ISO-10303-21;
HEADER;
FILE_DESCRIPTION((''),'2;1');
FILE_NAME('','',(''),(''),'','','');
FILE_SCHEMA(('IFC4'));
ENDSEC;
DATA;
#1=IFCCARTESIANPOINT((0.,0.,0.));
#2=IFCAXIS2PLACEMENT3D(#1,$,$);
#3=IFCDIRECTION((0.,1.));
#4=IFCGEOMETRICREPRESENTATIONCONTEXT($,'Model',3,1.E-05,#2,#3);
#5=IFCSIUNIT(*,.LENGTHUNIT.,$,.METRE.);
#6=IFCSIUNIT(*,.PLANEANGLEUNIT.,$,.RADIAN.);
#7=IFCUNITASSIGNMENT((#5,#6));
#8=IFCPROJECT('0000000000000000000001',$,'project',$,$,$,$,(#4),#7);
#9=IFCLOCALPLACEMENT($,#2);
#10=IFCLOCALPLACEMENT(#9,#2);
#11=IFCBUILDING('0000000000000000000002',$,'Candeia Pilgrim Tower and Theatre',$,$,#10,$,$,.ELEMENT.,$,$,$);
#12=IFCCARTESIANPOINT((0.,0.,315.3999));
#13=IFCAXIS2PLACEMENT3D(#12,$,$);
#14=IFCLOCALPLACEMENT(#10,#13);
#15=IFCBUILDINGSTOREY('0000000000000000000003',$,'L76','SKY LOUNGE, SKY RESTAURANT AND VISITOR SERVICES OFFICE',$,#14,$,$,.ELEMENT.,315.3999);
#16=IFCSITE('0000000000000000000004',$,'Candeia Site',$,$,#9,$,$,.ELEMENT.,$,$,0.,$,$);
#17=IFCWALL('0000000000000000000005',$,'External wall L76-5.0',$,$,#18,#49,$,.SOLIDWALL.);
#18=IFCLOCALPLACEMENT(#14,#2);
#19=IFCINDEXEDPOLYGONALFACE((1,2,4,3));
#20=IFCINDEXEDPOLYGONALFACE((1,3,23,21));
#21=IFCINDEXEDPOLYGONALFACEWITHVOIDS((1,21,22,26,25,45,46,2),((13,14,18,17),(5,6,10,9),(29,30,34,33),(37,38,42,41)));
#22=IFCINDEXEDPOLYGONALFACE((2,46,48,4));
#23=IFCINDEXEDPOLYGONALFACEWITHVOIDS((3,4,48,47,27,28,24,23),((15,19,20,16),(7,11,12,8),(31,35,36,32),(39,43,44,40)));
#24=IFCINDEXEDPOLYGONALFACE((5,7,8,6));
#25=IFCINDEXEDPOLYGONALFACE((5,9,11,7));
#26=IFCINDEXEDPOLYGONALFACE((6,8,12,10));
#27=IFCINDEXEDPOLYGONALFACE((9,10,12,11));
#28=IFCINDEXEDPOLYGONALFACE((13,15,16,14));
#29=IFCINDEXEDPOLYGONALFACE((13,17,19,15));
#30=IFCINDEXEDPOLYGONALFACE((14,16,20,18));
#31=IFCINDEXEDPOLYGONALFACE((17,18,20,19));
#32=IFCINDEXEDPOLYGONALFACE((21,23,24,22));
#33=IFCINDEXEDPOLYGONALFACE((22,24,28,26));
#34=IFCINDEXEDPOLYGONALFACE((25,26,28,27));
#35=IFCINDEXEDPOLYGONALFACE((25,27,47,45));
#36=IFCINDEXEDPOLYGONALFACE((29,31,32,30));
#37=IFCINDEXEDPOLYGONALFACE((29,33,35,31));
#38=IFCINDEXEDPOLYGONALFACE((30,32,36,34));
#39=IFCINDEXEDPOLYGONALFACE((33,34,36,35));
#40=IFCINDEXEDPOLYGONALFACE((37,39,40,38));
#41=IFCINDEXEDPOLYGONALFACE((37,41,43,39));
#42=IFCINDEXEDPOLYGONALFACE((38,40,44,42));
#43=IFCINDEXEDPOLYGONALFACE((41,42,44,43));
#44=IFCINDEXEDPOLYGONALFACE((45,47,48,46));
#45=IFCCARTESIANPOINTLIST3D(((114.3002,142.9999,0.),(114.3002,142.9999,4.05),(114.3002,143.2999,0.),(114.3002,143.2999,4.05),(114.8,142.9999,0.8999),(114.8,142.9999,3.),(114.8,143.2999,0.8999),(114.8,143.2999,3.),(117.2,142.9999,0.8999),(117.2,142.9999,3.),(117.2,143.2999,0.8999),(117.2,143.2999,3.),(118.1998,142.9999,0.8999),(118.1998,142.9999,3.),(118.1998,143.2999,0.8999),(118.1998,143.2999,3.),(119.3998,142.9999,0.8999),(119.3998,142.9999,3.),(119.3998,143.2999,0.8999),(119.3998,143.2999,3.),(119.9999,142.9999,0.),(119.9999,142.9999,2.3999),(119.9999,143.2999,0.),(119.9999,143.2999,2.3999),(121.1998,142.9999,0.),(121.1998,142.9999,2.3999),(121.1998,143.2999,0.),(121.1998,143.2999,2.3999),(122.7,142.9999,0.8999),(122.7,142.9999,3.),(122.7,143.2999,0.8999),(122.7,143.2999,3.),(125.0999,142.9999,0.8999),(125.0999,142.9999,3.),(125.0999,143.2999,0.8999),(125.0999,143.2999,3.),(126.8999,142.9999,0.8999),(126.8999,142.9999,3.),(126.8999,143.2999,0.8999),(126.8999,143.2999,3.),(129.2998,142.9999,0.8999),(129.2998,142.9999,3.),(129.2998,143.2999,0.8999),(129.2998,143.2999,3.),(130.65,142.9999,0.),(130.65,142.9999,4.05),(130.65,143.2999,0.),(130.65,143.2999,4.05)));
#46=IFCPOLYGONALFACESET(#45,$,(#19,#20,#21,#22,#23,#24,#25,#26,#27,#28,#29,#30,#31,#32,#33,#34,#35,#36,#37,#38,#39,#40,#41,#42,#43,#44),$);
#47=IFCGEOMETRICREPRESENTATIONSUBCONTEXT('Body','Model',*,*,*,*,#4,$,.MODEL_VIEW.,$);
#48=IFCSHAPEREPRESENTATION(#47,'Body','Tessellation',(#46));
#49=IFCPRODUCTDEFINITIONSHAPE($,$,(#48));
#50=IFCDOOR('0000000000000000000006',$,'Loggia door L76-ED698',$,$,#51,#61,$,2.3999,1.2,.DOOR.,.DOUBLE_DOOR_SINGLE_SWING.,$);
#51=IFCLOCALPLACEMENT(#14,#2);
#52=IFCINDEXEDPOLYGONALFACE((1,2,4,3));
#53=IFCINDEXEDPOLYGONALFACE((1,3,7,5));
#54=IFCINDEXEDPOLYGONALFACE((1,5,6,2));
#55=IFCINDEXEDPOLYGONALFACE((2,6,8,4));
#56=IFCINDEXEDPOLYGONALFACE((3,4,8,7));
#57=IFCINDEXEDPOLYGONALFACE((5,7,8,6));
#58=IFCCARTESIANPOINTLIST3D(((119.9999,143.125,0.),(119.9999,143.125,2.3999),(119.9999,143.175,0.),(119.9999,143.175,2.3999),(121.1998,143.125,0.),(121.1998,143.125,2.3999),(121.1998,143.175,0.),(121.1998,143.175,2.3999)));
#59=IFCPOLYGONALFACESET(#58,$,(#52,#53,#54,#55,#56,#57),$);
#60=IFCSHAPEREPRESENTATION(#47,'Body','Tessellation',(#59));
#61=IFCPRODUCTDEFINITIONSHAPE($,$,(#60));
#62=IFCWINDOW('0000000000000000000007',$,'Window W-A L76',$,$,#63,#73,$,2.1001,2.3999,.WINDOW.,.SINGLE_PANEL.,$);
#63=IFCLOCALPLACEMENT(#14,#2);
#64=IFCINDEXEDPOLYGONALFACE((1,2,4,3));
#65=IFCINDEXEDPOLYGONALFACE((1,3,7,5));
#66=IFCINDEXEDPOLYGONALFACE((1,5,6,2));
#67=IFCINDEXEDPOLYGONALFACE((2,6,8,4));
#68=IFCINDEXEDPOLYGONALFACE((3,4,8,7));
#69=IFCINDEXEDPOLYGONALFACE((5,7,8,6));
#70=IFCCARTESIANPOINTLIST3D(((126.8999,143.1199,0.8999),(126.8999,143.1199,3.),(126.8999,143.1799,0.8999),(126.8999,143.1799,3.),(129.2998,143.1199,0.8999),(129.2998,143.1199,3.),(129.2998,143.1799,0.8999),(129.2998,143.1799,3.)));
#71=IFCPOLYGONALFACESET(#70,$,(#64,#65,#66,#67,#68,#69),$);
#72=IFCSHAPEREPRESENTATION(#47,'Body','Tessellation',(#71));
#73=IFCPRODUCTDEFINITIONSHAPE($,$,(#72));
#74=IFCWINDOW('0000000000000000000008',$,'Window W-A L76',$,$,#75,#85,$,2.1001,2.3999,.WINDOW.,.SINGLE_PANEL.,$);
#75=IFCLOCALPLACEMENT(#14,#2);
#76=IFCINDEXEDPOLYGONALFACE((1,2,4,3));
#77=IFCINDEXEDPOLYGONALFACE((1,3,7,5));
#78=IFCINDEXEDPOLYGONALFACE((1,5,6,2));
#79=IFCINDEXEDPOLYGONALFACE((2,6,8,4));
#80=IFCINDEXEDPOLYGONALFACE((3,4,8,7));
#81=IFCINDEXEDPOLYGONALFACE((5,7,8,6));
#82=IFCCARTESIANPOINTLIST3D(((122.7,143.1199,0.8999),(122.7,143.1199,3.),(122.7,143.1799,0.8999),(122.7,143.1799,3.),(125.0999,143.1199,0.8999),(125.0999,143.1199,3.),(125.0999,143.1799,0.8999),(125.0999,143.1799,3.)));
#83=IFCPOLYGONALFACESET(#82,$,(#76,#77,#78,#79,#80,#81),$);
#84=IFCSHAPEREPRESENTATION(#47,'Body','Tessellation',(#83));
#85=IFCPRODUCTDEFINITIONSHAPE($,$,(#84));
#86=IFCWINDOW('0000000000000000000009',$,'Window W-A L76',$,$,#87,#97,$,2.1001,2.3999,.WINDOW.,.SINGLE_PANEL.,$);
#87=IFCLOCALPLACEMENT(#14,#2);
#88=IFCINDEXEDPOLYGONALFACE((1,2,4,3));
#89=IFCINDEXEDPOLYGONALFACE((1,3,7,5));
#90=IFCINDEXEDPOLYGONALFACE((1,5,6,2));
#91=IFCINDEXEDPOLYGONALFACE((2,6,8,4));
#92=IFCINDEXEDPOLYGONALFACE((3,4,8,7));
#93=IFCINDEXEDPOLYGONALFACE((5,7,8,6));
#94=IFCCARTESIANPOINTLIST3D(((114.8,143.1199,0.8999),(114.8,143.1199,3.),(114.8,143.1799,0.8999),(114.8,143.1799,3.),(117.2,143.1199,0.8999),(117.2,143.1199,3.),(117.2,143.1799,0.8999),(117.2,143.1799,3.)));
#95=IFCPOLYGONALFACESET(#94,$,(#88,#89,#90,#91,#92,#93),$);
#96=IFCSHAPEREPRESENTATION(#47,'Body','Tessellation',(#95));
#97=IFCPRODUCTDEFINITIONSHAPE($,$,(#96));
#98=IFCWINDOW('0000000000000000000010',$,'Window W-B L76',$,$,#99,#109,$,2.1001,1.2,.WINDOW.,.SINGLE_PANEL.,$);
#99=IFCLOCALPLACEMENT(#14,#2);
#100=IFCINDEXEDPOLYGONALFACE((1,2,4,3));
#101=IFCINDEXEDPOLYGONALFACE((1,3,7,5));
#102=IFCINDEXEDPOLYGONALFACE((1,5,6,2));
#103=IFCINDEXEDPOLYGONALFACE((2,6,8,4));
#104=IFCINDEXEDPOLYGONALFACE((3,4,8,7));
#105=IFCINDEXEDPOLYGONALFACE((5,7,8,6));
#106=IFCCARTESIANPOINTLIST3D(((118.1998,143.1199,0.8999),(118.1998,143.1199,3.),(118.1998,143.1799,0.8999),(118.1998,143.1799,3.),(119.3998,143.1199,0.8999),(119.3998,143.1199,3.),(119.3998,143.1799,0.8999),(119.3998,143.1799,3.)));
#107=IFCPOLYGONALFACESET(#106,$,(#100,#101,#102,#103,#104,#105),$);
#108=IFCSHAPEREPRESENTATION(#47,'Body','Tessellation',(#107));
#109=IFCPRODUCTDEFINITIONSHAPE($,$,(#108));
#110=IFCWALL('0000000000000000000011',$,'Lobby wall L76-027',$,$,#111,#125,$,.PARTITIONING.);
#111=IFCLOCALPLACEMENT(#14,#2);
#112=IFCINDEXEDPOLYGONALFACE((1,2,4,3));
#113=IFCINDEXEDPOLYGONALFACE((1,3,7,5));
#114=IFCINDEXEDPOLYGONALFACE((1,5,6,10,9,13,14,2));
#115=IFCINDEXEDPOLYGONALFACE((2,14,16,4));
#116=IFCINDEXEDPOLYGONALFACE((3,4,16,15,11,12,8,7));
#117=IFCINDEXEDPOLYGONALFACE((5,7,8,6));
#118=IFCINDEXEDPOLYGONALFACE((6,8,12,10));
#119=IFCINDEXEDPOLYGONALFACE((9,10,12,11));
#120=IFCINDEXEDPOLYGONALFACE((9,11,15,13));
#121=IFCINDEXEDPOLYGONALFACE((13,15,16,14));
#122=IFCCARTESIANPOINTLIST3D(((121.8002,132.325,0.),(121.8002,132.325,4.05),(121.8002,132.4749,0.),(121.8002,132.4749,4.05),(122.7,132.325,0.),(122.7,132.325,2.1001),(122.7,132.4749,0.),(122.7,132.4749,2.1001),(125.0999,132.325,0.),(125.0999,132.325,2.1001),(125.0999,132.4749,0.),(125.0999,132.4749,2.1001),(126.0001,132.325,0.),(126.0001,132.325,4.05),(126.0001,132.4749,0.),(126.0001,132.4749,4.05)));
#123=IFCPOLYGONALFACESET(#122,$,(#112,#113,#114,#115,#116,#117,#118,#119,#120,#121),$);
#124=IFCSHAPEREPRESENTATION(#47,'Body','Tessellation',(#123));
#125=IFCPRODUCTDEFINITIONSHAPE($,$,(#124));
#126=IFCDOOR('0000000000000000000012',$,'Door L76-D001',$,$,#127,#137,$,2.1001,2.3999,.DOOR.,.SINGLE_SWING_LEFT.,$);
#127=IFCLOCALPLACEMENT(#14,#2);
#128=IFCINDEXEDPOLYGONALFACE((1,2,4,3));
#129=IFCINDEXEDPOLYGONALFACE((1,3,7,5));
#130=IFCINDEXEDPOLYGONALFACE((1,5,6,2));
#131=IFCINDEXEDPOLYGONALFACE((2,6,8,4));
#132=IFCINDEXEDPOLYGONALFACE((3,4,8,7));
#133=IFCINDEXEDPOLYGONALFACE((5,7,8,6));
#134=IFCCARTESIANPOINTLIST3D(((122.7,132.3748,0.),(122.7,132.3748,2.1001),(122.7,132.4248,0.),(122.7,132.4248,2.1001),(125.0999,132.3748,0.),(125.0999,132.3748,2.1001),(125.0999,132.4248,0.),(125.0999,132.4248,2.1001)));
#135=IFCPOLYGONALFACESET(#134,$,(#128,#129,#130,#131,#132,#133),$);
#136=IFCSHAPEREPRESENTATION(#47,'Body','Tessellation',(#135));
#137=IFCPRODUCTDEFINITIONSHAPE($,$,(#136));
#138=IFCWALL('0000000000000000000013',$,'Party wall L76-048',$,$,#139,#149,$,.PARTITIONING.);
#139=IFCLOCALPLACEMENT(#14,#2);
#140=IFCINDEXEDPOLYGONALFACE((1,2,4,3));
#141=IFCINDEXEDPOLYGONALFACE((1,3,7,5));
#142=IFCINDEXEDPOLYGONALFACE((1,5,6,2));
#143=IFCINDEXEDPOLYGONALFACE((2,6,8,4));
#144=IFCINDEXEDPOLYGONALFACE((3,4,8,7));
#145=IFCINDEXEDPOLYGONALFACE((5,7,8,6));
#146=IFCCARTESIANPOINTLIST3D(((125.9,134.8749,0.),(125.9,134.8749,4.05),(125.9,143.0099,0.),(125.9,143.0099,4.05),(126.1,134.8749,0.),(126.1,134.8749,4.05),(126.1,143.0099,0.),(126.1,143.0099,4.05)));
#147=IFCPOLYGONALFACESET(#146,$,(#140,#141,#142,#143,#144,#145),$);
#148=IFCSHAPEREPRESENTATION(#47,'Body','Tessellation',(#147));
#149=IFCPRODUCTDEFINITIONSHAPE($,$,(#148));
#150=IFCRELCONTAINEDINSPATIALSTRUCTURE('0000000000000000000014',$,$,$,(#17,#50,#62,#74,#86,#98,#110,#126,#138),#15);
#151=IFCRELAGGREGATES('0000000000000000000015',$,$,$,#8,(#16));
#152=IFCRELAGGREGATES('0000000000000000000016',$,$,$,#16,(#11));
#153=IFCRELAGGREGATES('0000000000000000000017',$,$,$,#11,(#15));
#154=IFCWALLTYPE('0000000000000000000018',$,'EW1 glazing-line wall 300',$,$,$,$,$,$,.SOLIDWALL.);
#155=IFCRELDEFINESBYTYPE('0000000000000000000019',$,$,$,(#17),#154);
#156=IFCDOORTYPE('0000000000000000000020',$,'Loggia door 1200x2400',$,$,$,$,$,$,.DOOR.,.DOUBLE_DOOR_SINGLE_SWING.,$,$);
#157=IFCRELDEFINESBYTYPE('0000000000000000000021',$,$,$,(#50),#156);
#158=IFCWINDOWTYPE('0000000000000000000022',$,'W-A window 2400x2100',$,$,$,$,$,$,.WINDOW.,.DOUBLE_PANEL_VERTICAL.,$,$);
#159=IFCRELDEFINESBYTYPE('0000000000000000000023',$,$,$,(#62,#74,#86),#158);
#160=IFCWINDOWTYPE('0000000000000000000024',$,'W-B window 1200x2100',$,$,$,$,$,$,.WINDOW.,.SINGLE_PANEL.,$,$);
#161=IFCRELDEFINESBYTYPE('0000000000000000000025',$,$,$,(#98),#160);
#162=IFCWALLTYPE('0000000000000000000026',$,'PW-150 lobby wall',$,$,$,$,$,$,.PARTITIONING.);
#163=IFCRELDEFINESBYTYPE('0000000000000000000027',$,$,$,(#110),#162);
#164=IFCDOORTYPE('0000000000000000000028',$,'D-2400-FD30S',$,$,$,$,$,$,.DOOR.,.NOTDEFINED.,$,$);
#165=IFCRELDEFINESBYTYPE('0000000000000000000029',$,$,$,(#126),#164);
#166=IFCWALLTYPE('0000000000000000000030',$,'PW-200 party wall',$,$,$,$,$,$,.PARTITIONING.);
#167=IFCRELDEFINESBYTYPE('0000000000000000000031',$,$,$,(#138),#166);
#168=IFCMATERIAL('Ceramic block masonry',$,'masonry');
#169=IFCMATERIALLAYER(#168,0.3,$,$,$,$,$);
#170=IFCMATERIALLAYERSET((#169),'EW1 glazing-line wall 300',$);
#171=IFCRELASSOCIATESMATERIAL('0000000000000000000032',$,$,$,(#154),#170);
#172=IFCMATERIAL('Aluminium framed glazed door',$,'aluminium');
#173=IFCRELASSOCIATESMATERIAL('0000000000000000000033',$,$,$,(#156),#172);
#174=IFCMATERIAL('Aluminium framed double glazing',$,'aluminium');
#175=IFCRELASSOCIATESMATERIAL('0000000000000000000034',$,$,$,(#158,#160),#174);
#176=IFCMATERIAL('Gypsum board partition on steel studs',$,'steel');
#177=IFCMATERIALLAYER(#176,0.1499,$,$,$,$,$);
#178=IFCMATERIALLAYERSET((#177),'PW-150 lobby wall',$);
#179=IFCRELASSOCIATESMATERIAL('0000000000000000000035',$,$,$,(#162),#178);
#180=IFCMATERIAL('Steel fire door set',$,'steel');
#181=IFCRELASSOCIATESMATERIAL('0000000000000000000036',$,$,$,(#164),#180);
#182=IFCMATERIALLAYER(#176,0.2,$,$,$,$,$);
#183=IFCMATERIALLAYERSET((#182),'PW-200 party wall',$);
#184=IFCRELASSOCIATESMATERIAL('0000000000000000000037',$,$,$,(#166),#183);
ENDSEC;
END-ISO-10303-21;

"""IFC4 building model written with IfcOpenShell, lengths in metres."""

from ifc_helpers import new_model, si_unit, direction, frame, frame_2d, origin, place, context, subcontext, project, spatial, rectangle, extrude, material, layer, layer_set, type_object, element, fill, save


model = new_model("IFC4")

# Units and contexts
model_context = context("Model", 3, precision=1e-05, world=origin(), true_north=direction((0.0, 1.0)))
body_context = subcontext(model_context, "Body", "Model", "MODEL_VIEW")
ifc_project = project(units=[si_unit("LENGTHUNIT", "METRE"), si_unit("PLANEANGLEUNIT", "RADIAN")], contexts=[model_context])

# Site, building, storey
site_placement = place(None, origin())
site = spatial("IfcSite", under=ifc_project, at=site_placement, Name="Candeia Site", CompositionType="ELEMENT", RefElevation=0.0)
building_placement = place(site_placement, origin())
building = spatial("IfcBuilding", under=site, at=building_placement, Name="Candeia Pilgrim Tower and Theatre", CompositionType="ELEMENT")
storey_placement = place(building_placement, frame((0.0, 0.0, 315.3999)))
storey = spatial("IfcBuildingStorey", under=building, at=storey_placement, Name="L76", Description="SKY LOUNGE, SKY RESTAURANT AND VISITOR SERVICES OFFICE", CompositionType="ELEMENT", Elevation=315.3999)

# Shared definitions
ifc_material_1 = material(Name="Steel fire door set", Category="steel")
ifc_material_2 = material(Name="Ceramic block masonry", Category="masonry")
ifc_layer_1 = layer(ifc_material_2, 0.3)
ifc_layer_set_1 = layer_set([ifc_layer_1], Name="EW1 glazing-line wall 300")
wall_type_1 = type_object("IfcWallType", Name="EW1 glazing-line wall 300", PredefinedType="SOLIDWALL", material=ifc_layer_set_1)
ifc_material_3 = material(Name="Aluminium framed glazed door", Category="aluminium")
door_type_1 = type_object("IfcDoorType", Name="Loggia door 1200x2400", OperationType="DOUBLE_DOOR_SINGLE_SWING", PredefinedType="DOOR", material=ifc_material_3)

# Wall, openings, door, windows
wall_1_placement = place(storey_placement, frame((130.6499, 143.1499, 0.0), z_axis=(0.0, 0.0, 1.0), x_axis=(-1.0, 0.0, 0.0)))
wall_1 = element("IfcWall", 1, at=wall_1_placement, inside=storey, type_object=wall_type_1, Name="External wall L76-5.0", PredefinedType="SOLIDWALL", context=body_context, shape_type="SweptSolid", body=[
    extrude(rectangle(XDim=16.3499, YDim=0.3, at=frame_2d((8.1748, 0.0))), origin(), (0.0, 0.0, 1.0), 4.05),
])
opening_1_placement = place(wall_1_placement, frame((1.3501, 0.0, 0.8999)))
opening_1 = element("IfcOpeningElement", 2, at=opening_1_placement, cuts=wall_1, PredefinedType="OPENING", context=body_context, shape_type="SweptSolid", body=[
    extrude(rectangle(XDim=2.3999, YDim=2.1001, at=frame_2d((1.2, 1.05))), frame((0.0, 0.1602, 0.0), z_axis=(0.0, -1.0, 0.0), x_axis=(1.0, 0.0, 0.0)), (0.0, 0.0, 1.0), 0.3201),
])
opening_2_placement = place(wall_1_placement, frame((5.55, 0.0, 0.8999)))
opening_2 = element("IfcOpeningElement", 3, at=opening_2_placement, cuts=wall_1, PredefinedType="OPENING", context=body_context, shape_type="SweptSolid", body=[
    extrude(rectangle(XDim=2.3999, YDim=2.1001, at=frame_2d((1.2, 1.05))), frame((0.0, 0.1602, 0.0), z_axis=(0.0, -1.0, 0.0), x_axis=(1.0, 0.0, 0.0)), (0.0, 0.0, 1.0), 0.3201),
])
opening_3_placement = place(wall_1_placement, frame((9.45, 0.0, 0.0)))
opening_3 = element("IfcOpeningElement", 4, at=opening_3_placement, cuts=wall_1, PredefinedType="OPENING", context=body_context, shape_type="SweptSolid", body=[
    extrude(rectangle(XDim=1.2, YDim=2.3999, at=frame_2d((0.6001, 1.2))), frame((0.0, 0.1602, 0.0), z_axis=(0.0, -1.0, 0.0), x_axis=(1.0, 0.0, 0.0)), (0.0, 0.0, 1.0), 0.3201),
])
opening_4_placement = place(wall_1_placement, frame((11.25, 0.0, 0.8999)))
opening_4 = element("IfcOpeningElement", 5, at=opening_4_placement, cuts=wall_1, PredefinedType="OPENING", context=body_context, shape_type="SweptSolid", body=[
    extrude(rectangle(XDim=1.2, YDim=2.1001, at=frame_2d((0.6001, 1.05))), frame((0.0, 0.1602, 0.0), z_axis=(0.0, -1.0, 0.0), x_axis=(1.0, 0.0, 0.0)), (0.0, 0.0, 1.0), 0.3201),
])
opening_5_placement = place(wall_1_placement, frame((13.45, 0.0, 0.8999)))
opening_5 = element("IfcOpeningElement", 6, at=opening_5_placement, cuts=wall_1, PredefinedType="OPENING", context=body_context, shape_type="SweptSolid", body=[
    extrude(rectangle(XDim=2.3999, YDim=2.1001, at=frame_2d((1.2, 1.05))), frame((0.0, 0.1602, 0.0), z_axis=(0.0, -1.0, 0.0), x_axis=(1.0, 0.0, 0.0)), (0.0, 0.0, 1.0), 0.3201),
])
door_1_placement = place(opening_3_placement, origin())
door_1 = element("IfcDoor", 7, at=door_1_placement, inside=storey, type_object=door_type_1, Name="Loggia door L76-ED698", OperationType="DOUBLE_DOOR_SINGLE_SWING", OverallHeight=2.3999, OverallWidth=1.2, PredefinedType="DOOR", context=body_context, shape_type="SweptSolid", body=[
    extrude(rectangle(XDim=1.2, YDim=2.3999, at=frame_2d((0.6001, 1.2))), frame((0.0, 0.0249, 0.0), z_axis=(0.0, -1.0, 0.0), x_axis=(1.0, 0.0, 0.0)), (0.0, 0.0, 1.0), 0.05),
])
fill(opening_3, door_1)
ifc_material_4 = material(Name="Aluminium framed double glazing", Category="aluminium")
window_type_1 = type_object("IfcWindowType", Name="W-A window 2400x2100", PartitioningType="DOUBLE_PANEL_VERTICAL", PredefinedType="WINDOW", material=ifc_material_4)
window_1_placement = place(opening_1_placement, origin())
window_1 = element("IfcWindow", 8, at=window_1_placement, inside=storey, type_object=window_type_1, Name="Window W-A L76", OverallHeight=2.1001, OverallWidth=2.3999, PartitioningType="SINGLE_PANEL", PredefinedType="WINDOW", context=body_context, shape_type="SweptSolid", body=[
    extrude(rectangle(XDim=2.3999, YDim=2.1001, at=frame_2d((1.2, 1.05))), frame((0.0, 0.03, 0.0), z_axis=(0.0, -1.0, 0.0), x_axis=(1.0, 0.0, 0.0)), (0.0, 0.0, 1.0), 0.0601),
])
fill(opening_1, window_1)
window_2_placement = place(opening_2_placement, origin())
window_2 = element("IfcWindow", 9, at=window_2_placement, inside=storey, type_object=window_type_1, Name="Window W-A L76", OverallHeight=2.1001, OverallWidth=2.3999, PartitioningType="SINGLE_PANEL", PredefinedType="WINDOW", context=body_context, shape_type="SweptSolid", body=[
    extrude(rectangle(XDim=2.3999, YDim=2.1001, at=frame_2d((1.2, 1.05))), frame((0.0, 0.03, 0.0), z_axis=(0.0, -1.0, 0.0), x_axis=(1.0, 0.0, 0.0)), (0.0, 0.0, 1.0), 0.0601),
])
fill(opening_2, window_2)
window_3_placement = place(opening_5_placement, origin())
window_3 = element("IfcWindow", 10, at=window_3_placement, inside=storey, type_object=window_type_1, Name="Window W-A L76", OverallHeight=2.1001, OverallWidth=2.3999, PartitioningType="SINGLE_PANEL", PredefinedType="WINDOW", context=body_context, shape_type="SweptSolid", body=[
    extrude(rectangle(XDim=2.3999, YDim=2.1001, at=frame_2d((1.2, 1.05))), frame((0.0, 0.03, 0.0), z_axis=(0.0, -1.0, 0.0), x_axis=(1.0, 0.0, 0.0)), (0.0, 0.0, 1.0), 0.0601),
])
fill(opening_5, window_3)
window_type_2 = type_object("IfcWindowType", Name="W-B window 1200x2100", PartitioningType="SINGLE_PANEL", PredefinedType="WINDOW", material=ifc_material_4)
window_4_placement = place(opening_4_placement, origin())
window_4 = element("IfcWindow", 11, at=window_4_placement, inside=storey, type_object=window_type_2, Name="Window W-B L76", OverallHeight=2.1001, OverallWidth=1.2, PartitioningType="SINGLE_PANEL", PredefinedType="WINDOW", context=body_context, shape_type="SweptSolid", body=[
    extrude(rectangle(XDim=1.2, YDim=2.1001, at=frame_2d((0.6001, 1.05))), frame((0.0, 0.03, 0.0), z_axis=(0.0, -1.0, 0.0), x_axis=(1.0, 0.0, 0.0)), (0.0, 0.0, 1.0), 0.0601),
])
fill(opening_4, window_4)

# Wall, opening, door
ifc_material_5 = material(Name="Gypsum board partition on steel studs", Category="steel")
ifc_layer_2 = layer(ifc_material_5, 0.1499)
ifc_layer_set_2 = layer_set([ifc_layer_2], Name="PW-150 lobby wall")
wall_type_2 = type_object("IfcWallType", Name="PW-150 lobby wall", PredefinedType="PARTITIONING", material=ifc_layer_set_2)
wall_2_placement = place(storey_placement, frame((121.8, 132.3999, 0.0), z_axis=(0.0, 0.0, 1.0), x_axis=(1.0, 0.0, 0.0)))
wall_2 = element("IfcWall", 12, at=wall_2_placement, inside=storey, type_object=wall_type_2, Name="Lobby wall L76-027", PredefinedType="PARTITIONING", context=body_context, shape_type="SweptSolid", body=[
    extrude(rectangle(XDim=4.2, YDim=0.1499, at=frame_2d((2.1001, 0.0))), origin(), (0.0, 0.0, 1.0), 4.05),
])
opening_6_placement = place(wall_2_placement, frame((0.8999, 0.0, 0.0)))
opening_6 = element("IfcOpeningElement", 13, at=opening_6_placement, cuts=wall_2, PredefinedType="OPENING", context=body_context, shape_type="SweptSolid", body=[
    extrude(rectangle(XDim=2.3999, YDim=2.1001, at=frame_2d((1.2, 1.05))), frame((0.0, 0.085, 0.0), z_axis=(0.0, -1.0, 0.0), x_axis=(1.0, 0.0, 0.0)), (0.0, 0.0, 1.0), 0.1699),
])
door_type_2 = type_object("IfcDoorType", Name="D-2400-FD30S", OperationType="NOTDEFINED", PredefinedType="DOOR", material=ifc_material_1)
door_2_placement = place(opening_6_placement, origin())
door_2 = element("IfcDoor", 14, at=door_2_placement, inside=storey, type_object=door_type_2, Name="Door L76-D001", OperationType="SINGLE_SWING_LEFT", OverallHeight=2.1001, OverallWidth=2.3999, PredefinedType="DOOR", context=body_context, shape_type="SweptSolid", body=[
    extrude(rectangle(XDim=2.3999, YDim=2.1001, at=frame_2d((1.2, 1.05))), frame((0.0, 0.0249, 0.0), z_axis=(0.0, -1.0, 0.0), x_axis=(1.0, 0.0, 0.0)), (0.0, 0.0, 1.0), 0.05),
])
fill(opening_6, door_2)

# Wall
ifc_layer_3 = layer(ifc_material_5, 0.2)
ifc_layer_set_3 = layer_set([ifc_layer_3], Name="PW-200 party wall")
wall_type_3 = type_object("IfcWallType", Name="PW-200 party wall", PredefinedType="PARTITIONING", material=ifc_layer_set_3)
wall_3_placement = place(storey_placement, frame((126.0, 134.875, 0.0), z_axis=(0.0, 0.0, 1.0), x_axis=(0.0, 1.0, 0.0)))
element("IfcWall", 15, at=wall_3_placement, inside=storey, type_object=wall_type_3, Name="Party wall L76-048", PredefinedType="PARTITIONING", context=body_context, shape_type="SweptSolid", body=[
    extrude(rectangle(XDim=8.135, YDim=0.2, at=frame_2d((4.0674, 0.0))), origin(), (0.0, 0.0, 1.0), 4.05),
])

save(model, "model.ifc")
